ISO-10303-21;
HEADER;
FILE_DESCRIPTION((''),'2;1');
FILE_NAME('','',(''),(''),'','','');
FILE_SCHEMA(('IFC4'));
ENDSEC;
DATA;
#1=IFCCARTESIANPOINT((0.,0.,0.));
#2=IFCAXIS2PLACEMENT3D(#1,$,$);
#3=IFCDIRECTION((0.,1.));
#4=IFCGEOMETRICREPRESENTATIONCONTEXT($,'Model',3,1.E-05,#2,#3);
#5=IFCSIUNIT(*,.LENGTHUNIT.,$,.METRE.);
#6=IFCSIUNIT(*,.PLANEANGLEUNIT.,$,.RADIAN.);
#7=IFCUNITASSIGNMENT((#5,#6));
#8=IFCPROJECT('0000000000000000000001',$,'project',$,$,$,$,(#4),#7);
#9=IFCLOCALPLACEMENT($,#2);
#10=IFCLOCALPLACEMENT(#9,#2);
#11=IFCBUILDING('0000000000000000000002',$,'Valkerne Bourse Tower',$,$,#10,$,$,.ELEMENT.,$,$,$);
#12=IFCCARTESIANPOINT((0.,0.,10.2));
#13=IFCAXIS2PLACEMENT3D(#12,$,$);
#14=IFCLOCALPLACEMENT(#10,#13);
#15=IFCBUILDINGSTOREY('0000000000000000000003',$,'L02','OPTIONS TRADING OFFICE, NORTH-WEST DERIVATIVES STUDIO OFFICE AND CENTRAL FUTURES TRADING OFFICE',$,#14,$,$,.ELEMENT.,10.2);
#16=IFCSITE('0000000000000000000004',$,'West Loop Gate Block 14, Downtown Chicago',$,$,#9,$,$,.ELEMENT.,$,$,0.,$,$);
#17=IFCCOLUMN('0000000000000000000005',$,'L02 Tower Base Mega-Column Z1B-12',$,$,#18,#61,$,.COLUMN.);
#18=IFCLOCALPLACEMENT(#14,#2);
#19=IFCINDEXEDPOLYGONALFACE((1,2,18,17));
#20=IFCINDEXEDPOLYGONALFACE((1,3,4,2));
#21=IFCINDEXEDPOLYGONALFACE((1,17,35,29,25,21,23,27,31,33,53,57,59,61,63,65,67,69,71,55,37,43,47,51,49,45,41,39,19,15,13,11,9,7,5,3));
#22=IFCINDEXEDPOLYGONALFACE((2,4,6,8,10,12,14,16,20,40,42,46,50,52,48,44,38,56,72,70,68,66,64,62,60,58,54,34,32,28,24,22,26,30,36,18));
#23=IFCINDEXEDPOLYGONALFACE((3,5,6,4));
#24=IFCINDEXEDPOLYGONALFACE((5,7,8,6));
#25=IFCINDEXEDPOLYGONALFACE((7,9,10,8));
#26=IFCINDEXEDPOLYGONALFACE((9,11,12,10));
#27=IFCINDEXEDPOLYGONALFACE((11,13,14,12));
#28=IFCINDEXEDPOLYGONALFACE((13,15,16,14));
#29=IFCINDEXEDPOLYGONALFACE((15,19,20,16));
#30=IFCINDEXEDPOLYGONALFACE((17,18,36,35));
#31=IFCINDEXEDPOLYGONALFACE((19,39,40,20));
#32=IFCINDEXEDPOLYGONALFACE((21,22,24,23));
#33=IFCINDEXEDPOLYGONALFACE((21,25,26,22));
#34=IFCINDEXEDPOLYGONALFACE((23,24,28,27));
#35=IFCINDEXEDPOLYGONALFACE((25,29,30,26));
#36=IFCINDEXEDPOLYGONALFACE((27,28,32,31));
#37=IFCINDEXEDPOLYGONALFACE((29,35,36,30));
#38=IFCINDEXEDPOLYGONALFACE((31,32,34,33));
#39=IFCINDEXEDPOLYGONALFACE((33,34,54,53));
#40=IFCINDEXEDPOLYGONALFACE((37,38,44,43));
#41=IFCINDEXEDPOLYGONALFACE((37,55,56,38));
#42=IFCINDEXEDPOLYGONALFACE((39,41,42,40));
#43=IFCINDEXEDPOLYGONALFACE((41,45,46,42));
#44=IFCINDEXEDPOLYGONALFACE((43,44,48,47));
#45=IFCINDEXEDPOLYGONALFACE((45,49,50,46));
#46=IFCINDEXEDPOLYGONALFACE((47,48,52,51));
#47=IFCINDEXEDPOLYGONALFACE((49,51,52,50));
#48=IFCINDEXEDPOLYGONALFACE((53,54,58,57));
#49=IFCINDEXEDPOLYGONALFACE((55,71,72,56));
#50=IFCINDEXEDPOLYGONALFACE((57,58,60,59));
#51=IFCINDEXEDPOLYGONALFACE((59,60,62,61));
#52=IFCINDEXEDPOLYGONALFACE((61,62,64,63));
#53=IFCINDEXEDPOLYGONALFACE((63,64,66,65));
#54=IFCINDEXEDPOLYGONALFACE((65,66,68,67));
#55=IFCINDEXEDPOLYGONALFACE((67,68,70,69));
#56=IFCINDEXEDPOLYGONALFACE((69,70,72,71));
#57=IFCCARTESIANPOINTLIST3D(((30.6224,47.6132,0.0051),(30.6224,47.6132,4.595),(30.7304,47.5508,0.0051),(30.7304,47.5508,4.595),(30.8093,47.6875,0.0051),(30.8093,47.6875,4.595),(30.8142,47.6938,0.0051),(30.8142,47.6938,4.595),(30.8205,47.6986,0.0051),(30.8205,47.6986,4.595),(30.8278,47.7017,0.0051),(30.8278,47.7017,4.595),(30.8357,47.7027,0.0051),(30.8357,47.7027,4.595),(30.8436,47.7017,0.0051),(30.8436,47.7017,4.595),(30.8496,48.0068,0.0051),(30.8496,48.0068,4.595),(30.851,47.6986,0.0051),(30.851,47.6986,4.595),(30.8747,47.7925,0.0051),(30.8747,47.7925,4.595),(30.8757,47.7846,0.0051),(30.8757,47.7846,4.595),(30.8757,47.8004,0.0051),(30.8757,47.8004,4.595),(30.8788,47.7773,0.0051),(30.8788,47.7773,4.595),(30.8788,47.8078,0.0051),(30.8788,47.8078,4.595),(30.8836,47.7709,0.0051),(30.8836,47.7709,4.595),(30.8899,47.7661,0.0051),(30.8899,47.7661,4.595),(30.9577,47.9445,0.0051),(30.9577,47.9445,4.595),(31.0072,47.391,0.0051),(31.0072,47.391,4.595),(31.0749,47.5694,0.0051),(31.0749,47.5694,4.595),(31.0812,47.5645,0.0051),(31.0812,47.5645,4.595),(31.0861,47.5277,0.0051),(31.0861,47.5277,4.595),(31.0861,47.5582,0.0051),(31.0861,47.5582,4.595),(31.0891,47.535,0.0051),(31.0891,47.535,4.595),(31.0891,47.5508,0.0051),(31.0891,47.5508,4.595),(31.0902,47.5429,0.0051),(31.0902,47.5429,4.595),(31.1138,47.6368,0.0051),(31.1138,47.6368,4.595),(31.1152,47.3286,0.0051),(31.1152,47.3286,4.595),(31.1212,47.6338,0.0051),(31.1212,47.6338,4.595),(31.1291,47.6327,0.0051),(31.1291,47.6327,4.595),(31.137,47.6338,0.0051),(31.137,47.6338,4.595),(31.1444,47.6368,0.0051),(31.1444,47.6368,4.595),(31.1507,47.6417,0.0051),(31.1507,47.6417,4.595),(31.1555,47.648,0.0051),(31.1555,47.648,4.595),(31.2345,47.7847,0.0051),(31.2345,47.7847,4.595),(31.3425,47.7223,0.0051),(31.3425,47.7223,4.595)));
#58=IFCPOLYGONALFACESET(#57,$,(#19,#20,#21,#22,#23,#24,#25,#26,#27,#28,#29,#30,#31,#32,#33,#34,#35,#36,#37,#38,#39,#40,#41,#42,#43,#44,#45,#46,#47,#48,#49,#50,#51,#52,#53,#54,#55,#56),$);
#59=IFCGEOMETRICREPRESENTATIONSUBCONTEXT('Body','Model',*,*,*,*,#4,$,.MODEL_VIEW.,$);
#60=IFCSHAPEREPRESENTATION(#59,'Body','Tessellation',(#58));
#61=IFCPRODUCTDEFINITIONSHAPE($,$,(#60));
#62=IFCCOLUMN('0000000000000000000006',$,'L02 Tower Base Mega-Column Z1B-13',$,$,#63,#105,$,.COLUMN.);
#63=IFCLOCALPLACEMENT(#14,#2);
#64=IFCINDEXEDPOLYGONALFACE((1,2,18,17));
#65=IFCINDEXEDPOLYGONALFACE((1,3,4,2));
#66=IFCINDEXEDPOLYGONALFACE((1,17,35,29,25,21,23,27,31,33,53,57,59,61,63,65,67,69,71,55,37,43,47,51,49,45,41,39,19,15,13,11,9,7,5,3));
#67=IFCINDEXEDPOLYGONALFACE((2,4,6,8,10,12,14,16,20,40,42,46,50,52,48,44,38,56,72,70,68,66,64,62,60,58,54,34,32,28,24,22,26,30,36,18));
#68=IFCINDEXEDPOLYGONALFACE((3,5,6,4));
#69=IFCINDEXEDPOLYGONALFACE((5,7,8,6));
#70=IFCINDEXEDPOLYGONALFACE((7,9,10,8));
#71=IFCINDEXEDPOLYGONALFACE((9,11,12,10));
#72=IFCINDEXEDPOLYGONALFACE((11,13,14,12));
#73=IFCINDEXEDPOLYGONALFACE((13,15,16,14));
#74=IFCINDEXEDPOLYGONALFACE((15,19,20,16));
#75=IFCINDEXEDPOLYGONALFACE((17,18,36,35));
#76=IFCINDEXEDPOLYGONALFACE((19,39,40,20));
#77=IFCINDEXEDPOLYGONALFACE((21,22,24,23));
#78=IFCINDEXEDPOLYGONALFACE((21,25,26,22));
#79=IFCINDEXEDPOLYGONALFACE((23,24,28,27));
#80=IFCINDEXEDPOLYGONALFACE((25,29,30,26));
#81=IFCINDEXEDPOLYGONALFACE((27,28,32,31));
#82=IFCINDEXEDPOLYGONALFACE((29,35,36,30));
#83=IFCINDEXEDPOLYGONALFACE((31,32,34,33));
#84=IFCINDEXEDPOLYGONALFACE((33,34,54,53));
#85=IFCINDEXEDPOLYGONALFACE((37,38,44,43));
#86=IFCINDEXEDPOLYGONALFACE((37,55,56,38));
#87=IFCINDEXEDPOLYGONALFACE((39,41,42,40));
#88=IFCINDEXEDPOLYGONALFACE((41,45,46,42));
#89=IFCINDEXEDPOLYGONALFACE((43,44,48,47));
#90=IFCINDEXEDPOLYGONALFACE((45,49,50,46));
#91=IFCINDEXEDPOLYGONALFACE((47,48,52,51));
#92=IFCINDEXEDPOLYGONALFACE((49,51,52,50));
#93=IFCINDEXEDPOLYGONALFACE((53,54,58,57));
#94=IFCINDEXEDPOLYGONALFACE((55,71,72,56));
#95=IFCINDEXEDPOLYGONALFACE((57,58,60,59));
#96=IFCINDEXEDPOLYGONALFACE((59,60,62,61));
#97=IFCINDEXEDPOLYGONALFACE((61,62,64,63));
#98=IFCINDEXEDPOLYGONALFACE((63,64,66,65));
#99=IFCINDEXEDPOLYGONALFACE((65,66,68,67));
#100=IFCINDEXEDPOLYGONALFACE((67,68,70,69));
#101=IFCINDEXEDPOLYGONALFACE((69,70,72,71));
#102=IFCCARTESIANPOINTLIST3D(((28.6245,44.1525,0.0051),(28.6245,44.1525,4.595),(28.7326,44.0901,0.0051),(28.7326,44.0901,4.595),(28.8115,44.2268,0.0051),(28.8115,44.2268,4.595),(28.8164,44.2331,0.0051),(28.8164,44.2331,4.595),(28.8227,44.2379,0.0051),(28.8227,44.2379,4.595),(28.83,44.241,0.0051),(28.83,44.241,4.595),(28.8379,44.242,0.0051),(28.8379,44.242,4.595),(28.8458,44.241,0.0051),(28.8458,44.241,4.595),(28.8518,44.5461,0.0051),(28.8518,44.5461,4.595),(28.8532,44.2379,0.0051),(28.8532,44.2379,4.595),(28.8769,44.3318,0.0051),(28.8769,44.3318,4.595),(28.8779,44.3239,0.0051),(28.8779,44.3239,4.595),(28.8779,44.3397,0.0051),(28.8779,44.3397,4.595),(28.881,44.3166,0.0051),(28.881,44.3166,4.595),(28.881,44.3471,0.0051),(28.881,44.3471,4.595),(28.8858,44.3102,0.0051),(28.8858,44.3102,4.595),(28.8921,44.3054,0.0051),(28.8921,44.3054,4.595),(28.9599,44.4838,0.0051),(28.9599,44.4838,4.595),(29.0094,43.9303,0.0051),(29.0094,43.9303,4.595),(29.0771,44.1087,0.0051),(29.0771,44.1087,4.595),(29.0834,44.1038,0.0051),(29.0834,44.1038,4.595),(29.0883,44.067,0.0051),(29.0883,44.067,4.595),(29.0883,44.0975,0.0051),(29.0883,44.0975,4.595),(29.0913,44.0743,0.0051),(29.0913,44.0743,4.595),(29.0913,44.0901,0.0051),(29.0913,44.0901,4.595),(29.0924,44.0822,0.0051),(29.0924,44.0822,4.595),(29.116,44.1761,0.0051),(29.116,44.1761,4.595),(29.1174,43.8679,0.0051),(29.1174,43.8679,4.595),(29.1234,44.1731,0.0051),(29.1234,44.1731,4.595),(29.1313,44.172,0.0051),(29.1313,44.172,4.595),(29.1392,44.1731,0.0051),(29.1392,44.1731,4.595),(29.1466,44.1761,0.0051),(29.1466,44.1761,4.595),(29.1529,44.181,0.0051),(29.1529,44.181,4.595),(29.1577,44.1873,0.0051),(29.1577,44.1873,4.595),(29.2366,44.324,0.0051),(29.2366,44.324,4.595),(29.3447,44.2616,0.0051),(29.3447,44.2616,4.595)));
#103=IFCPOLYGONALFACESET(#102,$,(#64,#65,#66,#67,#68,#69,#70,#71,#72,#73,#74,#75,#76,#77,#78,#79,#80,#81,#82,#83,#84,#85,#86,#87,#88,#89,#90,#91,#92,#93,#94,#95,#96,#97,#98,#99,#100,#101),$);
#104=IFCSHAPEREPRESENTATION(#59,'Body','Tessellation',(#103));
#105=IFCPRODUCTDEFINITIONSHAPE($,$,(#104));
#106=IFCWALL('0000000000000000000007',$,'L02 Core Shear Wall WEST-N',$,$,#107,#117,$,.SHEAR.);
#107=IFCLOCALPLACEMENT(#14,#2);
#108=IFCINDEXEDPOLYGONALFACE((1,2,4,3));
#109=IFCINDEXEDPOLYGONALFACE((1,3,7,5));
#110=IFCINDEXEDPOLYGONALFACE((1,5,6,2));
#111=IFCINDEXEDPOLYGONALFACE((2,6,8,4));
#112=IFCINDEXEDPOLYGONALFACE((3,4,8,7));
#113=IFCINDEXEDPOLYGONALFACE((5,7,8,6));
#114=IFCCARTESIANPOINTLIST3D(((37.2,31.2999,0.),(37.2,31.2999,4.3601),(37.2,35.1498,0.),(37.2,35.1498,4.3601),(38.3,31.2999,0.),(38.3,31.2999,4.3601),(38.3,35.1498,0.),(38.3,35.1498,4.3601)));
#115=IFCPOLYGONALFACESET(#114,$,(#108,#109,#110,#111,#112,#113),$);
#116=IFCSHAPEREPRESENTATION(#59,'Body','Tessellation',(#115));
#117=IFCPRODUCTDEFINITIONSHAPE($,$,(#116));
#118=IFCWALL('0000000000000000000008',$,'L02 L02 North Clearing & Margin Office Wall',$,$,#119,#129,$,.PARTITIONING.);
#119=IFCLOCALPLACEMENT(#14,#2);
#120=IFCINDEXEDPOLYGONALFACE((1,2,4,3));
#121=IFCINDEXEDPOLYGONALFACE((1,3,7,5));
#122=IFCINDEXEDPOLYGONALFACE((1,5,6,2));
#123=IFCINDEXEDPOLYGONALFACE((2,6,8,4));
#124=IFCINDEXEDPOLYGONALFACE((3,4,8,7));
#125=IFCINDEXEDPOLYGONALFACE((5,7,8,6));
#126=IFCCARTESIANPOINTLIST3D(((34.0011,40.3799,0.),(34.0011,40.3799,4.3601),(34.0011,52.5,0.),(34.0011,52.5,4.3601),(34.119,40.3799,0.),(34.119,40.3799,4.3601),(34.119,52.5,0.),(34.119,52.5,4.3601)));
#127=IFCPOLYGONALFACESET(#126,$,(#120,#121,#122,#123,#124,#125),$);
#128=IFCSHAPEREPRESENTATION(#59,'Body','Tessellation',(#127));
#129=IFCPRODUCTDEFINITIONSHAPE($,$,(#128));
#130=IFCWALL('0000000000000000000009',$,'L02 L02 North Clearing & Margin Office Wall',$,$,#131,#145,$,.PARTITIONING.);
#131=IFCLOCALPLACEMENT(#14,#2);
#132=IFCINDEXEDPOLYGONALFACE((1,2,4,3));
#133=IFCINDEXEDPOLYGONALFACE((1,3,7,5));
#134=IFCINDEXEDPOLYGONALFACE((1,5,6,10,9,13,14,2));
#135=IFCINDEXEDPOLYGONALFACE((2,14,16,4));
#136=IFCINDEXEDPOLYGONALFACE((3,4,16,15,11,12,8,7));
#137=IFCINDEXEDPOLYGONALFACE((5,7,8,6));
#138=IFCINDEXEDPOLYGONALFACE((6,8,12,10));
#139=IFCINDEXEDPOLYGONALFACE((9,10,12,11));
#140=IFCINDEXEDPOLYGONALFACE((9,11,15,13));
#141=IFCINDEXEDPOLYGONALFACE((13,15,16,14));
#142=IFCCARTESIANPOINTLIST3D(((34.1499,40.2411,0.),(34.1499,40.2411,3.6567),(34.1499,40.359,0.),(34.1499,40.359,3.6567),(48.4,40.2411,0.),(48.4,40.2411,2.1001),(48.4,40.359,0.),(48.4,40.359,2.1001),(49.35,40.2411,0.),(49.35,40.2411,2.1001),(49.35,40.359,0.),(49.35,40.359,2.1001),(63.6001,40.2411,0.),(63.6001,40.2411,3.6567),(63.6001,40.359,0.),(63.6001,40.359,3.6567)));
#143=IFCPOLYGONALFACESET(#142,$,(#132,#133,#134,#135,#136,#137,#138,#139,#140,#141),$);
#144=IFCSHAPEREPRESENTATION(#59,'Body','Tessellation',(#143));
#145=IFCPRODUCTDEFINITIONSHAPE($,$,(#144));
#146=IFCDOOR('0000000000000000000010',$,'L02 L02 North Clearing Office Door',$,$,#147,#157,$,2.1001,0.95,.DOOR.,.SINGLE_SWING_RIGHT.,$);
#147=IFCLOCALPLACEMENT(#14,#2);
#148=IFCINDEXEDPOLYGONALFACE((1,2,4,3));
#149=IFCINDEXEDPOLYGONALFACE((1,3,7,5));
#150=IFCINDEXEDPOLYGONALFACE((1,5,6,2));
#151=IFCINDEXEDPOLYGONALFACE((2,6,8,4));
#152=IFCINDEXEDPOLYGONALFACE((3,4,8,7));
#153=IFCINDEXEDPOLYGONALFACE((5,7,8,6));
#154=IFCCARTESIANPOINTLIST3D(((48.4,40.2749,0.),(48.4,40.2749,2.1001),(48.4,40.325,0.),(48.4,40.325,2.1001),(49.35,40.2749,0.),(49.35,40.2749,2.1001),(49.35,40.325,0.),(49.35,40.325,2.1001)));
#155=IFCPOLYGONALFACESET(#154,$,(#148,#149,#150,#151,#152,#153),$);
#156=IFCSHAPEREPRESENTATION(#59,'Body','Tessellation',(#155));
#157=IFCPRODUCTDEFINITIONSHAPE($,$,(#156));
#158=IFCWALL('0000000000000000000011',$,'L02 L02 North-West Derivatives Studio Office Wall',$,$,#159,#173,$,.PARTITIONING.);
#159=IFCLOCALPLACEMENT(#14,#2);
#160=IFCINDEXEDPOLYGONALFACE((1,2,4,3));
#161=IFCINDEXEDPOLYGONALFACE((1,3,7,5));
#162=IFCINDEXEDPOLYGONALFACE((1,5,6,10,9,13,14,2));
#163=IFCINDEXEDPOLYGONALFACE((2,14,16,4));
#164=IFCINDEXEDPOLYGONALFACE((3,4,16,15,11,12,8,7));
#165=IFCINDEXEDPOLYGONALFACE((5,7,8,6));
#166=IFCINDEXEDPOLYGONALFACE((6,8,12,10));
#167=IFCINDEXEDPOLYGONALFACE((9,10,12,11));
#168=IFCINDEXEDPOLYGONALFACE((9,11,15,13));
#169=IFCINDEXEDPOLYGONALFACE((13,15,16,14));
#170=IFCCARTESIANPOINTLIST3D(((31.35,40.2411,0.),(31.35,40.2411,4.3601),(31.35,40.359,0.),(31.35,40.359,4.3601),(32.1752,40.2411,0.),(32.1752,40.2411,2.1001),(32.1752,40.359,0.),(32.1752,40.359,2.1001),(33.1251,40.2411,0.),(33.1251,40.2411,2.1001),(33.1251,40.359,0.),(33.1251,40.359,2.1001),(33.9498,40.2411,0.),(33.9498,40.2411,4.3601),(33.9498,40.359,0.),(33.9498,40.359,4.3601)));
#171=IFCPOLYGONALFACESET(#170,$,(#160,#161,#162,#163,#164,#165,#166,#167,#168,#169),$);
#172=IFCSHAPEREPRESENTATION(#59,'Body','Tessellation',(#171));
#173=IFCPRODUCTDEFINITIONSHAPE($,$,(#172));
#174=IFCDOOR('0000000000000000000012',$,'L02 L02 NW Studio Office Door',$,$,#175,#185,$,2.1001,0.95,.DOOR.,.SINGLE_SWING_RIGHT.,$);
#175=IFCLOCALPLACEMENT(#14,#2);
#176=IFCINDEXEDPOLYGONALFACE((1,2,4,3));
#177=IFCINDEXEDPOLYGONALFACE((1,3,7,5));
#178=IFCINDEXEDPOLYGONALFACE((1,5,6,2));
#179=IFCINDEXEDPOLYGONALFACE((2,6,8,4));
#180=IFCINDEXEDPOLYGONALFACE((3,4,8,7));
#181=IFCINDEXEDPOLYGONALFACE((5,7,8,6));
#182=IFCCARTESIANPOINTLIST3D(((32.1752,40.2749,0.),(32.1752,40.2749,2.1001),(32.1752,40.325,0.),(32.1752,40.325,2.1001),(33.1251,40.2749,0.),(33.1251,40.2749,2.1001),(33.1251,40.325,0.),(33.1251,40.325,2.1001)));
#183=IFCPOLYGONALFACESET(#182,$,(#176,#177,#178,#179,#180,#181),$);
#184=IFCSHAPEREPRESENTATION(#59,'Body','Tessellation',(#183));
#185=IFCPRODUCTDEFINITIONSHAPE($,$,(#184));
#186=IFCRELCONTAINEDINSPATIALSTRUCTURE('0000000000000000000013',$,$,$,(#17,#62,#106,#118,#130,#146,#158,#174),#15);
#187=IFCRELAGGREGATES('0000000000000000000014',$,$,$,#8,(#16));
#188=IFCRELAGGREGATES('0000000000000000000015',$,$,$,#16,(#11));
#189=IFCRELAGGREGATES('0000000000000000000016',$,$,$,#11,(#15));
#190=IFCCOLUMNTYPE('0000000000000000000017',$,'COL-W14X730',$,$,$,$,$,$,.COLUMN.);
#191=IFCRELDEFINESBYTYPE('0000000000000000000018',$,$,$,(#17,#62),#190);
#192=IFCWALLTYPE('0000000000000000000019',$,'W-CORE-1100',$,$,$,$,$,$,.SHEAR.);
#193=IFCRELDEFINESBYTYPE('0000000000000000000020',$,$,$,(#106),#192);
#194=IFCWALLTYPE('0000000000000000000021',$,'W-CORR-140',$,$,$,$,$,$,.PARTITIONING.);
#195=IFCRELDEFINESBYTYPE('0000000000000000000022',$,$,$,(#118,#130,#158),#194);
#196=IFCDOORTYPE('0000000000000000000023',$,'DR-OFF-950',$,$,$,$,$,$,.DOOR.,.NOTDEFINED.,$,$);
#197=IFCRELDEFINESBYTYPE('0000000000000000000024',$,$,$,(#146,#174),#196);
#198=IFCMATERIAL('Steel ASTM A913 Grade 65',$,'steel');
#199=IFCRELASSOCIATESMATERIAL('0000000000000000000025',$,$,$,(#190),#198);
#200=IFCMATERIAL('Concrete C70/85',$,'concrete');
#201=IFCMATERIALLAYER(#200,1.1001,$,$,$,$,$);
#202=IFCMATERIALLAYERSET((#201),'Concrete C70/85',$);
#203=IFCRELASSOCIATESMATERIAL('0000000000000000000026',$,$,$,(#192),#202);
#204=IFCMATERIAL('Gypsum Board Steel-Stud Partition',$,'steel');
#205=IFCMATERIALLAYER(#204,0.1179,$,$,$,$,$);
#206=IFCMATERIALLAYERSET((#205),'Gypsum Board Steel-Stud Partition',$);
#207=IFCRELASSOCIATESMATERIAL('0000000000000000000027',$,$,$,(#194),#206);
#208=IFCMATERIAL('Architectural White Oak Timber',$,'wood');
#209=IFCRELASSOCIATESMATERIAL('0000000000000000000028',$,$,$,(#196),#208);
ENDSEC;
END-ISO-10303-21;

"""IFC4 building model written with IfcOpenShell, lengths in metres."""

from ifc_helpers import new_model, si_unit, direction, frame, frame_2d, origin, origin_2d, place, context, subcontext, project, spatial, rectangle, i_section, extrude, material, layer, layer_set, material_profile, profile_set, type_object, element, fill, save


model = new_model("IFC4")

# Units and contexts
model_context = context("Model", 3, precision=1e-05, world=origin(), true_north=direction((0.0, 1.0)))
body_context = subcontext(model_context, "Body", "Model", "MODEL_VIEW")
ifc_project = project(units=[si_unit("LENGTHUNIT", "METRE"), si_unit("PLANEANGLEUNIT", "RADIAN")], contexts=[model_context])

# Site, building, storey
site_placement = place(None, origin())
site = spatial("IfcSite", under=ifc_project, at=site_placement, Name="West Loop Gate Block 14, Downtown Chicago", CompositionType="ELEMENT", RefElevation=0.0)
building_placement = place(site_placement, origin())
building = spatial("IfcBuilding", under=site, at=building_placement, Name="Valkerne Bourse Tower", CompositionType="ELEMENT")
storey_placement = place(building_placement, frame((0.0, 0.0, 10.2)))
storey = spatial("IfcBuildingStorey", under=building, at=storey_placement, Name="L02", Description="OPTIONS TRADING OFFICE, NORTH-WEST DERIVATIVES STUDIO OFFICE AND CENTRAL FUTURES TRADING OFFICE", CompositionType="ELEMENT", Elevation=10.2)

# Columns
ifc_material_1 = material(Name="Concrete C70/85", Category="concrete")
ifc_material_2 = material(Name="Steel ASTM A913 Grade 65", Category="steel")
ifc_material_profile_1 = material_profile(ifc_material_2, i_section(OverallWidth=0.4546, OverallDepth=0.5691, WebThickness=0.0779, FlangeThickness=0.1248, FilletRadius=0.0305, at=origin_2d()), Name="W14X730")
ifc_profile_set_1 = profile_set([ifc_material_profile_1], Name="Steel ASTM A913 Grade 65")
column_type_1 = type_object("IfcColumnType", Name="COL-W14X730", PredefinedType="COLUMN", material=ifc_profile_set_1)
for number, where, z_axis, x_axis, name in (
    (1, (30.9824, 47.6677, 0.0051), (0.0, 0.0, 1.0), (-0.5, -0.866025, 0.0), "L02 Tower Base Mega-Column Z1B-12"),
    (2, (28.9846, 44.207, 0.0051), (0.0, 0.0, 1.0), (-0.5, -0.866025, 0.0), "L02 Tower Base Mega-Column Z1B-13"),
):
    element("IfcColumn", number, at=place(storey_placement, frame(where, z_axis=z_axis, x_axis=x_axis)), inside=storey, type_object=column_type_1, Name=name, PredefinedType="COLUMN", context=body_context, shape_type="SweptSolid", body=[
        extrude(i_section(OverallWidth=0.4546, OverallDepth=0.5691, WebThickness=0.0779, FlangeThickness=0.1248, FilletRadius=0.0305, at=origin_2d()), origin(), (0.0, 0.0, 1.0), 4.5898),
    ])

# Shared definitions
ifc_layer_1 = layer(ifc_material_1, 1.1001)
ifc_layer_set_1 = layer_set([ifc_layer_1], Name="Concrete C70/85")
wall_type_1 = type_object("IfcWallType", Name="W-CORE-1100", PredefinedType="SHEAR", material=ifc_layer_set_1)

# Walls
wall_1_placement = place(storey_placement, frame((37.75, 31.3, 0.0), z_axis=(0.0, 0.0, 1.0), x_axis=(0.0, 1.0, 0.0)))
element("IfcWall", 3, at=wall_1_placement, inside=storey, type_object=wall_type_1, Name="L02 Core Shear Wall WEST-N", PredefinedType="SHEAR", context=body_context, shape_type="SweptSolid", body=[
    extrude(rectangle(XDim=3.8499, YDim=1.1001, at=frame_2d((1.9248, 0.0))), origin(), (0.0, 0.0, 1.0), 4.3601),
])
ifc_material_3 = material(Name="Gypsum Board Steel-Stud Partition", Category="steel")
ifc_layer_2 = layer(ifc_material_3, 0.1179)
ifc_layer_set_2 = layer_set([ifc_layer_2], Name="Gypsum Board Steel-Stud Partition")
wall_type_2 = type_object("IfcWallType", Name="W-CORR-140", PredefinedType="PARTITIONING", material=ifc_layer_set_2)
wall_2_placement = place(storey_placement, frame((34.0601, 40.3799, 0.0), z_axis=(0.0, 0.0, 1.0), x_axis=(0.0, 1.0, 0.0)))
element("IfcWall", 4, at=wall_2_placement, inside=storey, type_object=wall_type_2, Name="L02 L02 North Clearing & Margin Office Wall", PredefinedType="PARTITIONING", context=body_context, shape_type="SweptSolid", body=[
    extrude(rectangle(XDim=12.1201, YDim=0.1179, at=frame_2d((6.0601, 0.0))), origin(), (0.0, 0.0, 1.0), 4.3601),
])

# Walls, openings, doors
wall_3_placement = place(storey_placement, frame((34.1499, 40.3, 0.0), z_axis=(0.0, 0.0, 1.0), x_axis=(1.0, 0.0, 0.0)))
wall_3 = element("IfcWall", 5, at=wall_3_placement, inside=storey, type_object=wall_type_2, Name="L02 L02 North Clearing & Margin Office Wall", PredefinedType="PARTITIONING", context=body_context, shape_type="SweptSolid", body=[
    extrude(rectangle(XDim=29.4502, YDim=0.1179, at=frame_2d((14.7251, 0.0))), origin(), (0.0, 0.0, 1.0), 3.6567),
])
opening_1_placement = place(wall_3_placement, frame((14.25, 0.0, 0.0)))
opening_1 = element("IfcOpeningElement", 6, at=opening_1_placement, cuts=wall_3, PredefinedType="OPENING", context=body_context, shape_type="SweptSolid", body=[
    extrude(rectangle(XDim=0.95, YDim=2.1001, at=frame_2d((0.4751, 1.05))), frame((0.0, 0.0688, 0.0), z_axis=(0.0, -1.0, 0.0), x_axis=(1.0, 0.0, 0.0)), (0.0, 0.0, 1.0), 0.1379),
])
ifc_material_4 = material(Name="Architectural White Oak Timber", Category="wood")
door_type_1 = type_object("IfcDoorType", Name="DR-OFF-950", OperationType="NOTDEFINED", PredefinedType="DOOR", material=ifc_material_4)
door_1_placement = place(opening_1_placement, origin())
door_1 = element("IfcDoor", 7, at=door_1_placement, inside=storey, type_object=door_type_1, Name="L02 L02 North Clearing Office Door", OperationType="SINGLE_SWING_RIGHT", OverallHeight=2.1001, OverallWidth=0.95, PredefinedType="DOOR", context=body_context, shape_type="SweptSolid", body=[
    extrude(rectangle(XDim=0.95, YDim=2.1001, at=frame_2d((0.4751, 1.05))), frame((0.0, 0.0249, 0.0), z_axis=(0.0, -1.0, 0.0), x_axis=(1.0, 0.0, 0.0)), (0.0, 0.0, 1.0), 0.05),
])
fill(opening_1, door_1)
wall_4_placement = place(storey_placement, frame((31.3501, 40.3, 0.0), z_axis=(0.0, 0.0, 1.0), x_axis=(1.0, 0.0, 0.0)))
wall_4 = element("IfcWall", 8, at=wall_4_placement, inside=storey, type_object=wall_type_2, Name="L02 L02 North-West Derivatives Studio Office Wall", PredefinedType="PARTITIONING", context=body_context, shape_type="SweptSolid", body=[
    extrude(rectangle(XDim=2.5999, YDim=0.1179, at=frame_2d((1.2998, 0.0))), origin(), (0.0, 0.0, 1.0), 4.3601),
])
opening_2_placement = place(wall_4_placement, frame((0.825, 0.0, 0.0)))
opening_2 = element("IfcOpeningElement", 9, at=opening_2_placement, cuts=wall_4, PredefinedType="OPENING", context=body_context, shape_type="SweptSolid", body=[
    extrude(rectangle(XDim=0.95, YDim=2.1001, at=frame_2d((0.4751, 1.05))), frame((0.0, 0.0688, 0.0), z_axis=(0.0, -1.0, 0.0), x_axis=(1.0, 0.0, 0.0)), (0.0, 0.0, 1.0), 0.1379),
])
door_2_placement = place(opening_2_placement, origin())
door_2 = element("IfcDoor", 10, at=door_2_placement, inside=storey, type_object=door_type_1, Name="L02 L02 NW Studio Office Door", OperationType="SINGLE_SWING_RIGHT", OverallHeight=2.1001, OverallWidth=0.95, PredefinedType="DOOR", context=body_context, shape_type="SweptSolid", body=[
    extrude(rectangle(XDim=0.95, YDim=2.1001, at=frame_2d((0.4751, 1.05))), frame((0.0, 0.0249, 0.0), z_axis=(0.0, -1.0, 0.0), x_axis=(1.0, 0.0, 0.0)), (0.0, 0.0, 1.0), 0.05),
])
fill(opening_2, door_2)

save(model, "model.ifc")
